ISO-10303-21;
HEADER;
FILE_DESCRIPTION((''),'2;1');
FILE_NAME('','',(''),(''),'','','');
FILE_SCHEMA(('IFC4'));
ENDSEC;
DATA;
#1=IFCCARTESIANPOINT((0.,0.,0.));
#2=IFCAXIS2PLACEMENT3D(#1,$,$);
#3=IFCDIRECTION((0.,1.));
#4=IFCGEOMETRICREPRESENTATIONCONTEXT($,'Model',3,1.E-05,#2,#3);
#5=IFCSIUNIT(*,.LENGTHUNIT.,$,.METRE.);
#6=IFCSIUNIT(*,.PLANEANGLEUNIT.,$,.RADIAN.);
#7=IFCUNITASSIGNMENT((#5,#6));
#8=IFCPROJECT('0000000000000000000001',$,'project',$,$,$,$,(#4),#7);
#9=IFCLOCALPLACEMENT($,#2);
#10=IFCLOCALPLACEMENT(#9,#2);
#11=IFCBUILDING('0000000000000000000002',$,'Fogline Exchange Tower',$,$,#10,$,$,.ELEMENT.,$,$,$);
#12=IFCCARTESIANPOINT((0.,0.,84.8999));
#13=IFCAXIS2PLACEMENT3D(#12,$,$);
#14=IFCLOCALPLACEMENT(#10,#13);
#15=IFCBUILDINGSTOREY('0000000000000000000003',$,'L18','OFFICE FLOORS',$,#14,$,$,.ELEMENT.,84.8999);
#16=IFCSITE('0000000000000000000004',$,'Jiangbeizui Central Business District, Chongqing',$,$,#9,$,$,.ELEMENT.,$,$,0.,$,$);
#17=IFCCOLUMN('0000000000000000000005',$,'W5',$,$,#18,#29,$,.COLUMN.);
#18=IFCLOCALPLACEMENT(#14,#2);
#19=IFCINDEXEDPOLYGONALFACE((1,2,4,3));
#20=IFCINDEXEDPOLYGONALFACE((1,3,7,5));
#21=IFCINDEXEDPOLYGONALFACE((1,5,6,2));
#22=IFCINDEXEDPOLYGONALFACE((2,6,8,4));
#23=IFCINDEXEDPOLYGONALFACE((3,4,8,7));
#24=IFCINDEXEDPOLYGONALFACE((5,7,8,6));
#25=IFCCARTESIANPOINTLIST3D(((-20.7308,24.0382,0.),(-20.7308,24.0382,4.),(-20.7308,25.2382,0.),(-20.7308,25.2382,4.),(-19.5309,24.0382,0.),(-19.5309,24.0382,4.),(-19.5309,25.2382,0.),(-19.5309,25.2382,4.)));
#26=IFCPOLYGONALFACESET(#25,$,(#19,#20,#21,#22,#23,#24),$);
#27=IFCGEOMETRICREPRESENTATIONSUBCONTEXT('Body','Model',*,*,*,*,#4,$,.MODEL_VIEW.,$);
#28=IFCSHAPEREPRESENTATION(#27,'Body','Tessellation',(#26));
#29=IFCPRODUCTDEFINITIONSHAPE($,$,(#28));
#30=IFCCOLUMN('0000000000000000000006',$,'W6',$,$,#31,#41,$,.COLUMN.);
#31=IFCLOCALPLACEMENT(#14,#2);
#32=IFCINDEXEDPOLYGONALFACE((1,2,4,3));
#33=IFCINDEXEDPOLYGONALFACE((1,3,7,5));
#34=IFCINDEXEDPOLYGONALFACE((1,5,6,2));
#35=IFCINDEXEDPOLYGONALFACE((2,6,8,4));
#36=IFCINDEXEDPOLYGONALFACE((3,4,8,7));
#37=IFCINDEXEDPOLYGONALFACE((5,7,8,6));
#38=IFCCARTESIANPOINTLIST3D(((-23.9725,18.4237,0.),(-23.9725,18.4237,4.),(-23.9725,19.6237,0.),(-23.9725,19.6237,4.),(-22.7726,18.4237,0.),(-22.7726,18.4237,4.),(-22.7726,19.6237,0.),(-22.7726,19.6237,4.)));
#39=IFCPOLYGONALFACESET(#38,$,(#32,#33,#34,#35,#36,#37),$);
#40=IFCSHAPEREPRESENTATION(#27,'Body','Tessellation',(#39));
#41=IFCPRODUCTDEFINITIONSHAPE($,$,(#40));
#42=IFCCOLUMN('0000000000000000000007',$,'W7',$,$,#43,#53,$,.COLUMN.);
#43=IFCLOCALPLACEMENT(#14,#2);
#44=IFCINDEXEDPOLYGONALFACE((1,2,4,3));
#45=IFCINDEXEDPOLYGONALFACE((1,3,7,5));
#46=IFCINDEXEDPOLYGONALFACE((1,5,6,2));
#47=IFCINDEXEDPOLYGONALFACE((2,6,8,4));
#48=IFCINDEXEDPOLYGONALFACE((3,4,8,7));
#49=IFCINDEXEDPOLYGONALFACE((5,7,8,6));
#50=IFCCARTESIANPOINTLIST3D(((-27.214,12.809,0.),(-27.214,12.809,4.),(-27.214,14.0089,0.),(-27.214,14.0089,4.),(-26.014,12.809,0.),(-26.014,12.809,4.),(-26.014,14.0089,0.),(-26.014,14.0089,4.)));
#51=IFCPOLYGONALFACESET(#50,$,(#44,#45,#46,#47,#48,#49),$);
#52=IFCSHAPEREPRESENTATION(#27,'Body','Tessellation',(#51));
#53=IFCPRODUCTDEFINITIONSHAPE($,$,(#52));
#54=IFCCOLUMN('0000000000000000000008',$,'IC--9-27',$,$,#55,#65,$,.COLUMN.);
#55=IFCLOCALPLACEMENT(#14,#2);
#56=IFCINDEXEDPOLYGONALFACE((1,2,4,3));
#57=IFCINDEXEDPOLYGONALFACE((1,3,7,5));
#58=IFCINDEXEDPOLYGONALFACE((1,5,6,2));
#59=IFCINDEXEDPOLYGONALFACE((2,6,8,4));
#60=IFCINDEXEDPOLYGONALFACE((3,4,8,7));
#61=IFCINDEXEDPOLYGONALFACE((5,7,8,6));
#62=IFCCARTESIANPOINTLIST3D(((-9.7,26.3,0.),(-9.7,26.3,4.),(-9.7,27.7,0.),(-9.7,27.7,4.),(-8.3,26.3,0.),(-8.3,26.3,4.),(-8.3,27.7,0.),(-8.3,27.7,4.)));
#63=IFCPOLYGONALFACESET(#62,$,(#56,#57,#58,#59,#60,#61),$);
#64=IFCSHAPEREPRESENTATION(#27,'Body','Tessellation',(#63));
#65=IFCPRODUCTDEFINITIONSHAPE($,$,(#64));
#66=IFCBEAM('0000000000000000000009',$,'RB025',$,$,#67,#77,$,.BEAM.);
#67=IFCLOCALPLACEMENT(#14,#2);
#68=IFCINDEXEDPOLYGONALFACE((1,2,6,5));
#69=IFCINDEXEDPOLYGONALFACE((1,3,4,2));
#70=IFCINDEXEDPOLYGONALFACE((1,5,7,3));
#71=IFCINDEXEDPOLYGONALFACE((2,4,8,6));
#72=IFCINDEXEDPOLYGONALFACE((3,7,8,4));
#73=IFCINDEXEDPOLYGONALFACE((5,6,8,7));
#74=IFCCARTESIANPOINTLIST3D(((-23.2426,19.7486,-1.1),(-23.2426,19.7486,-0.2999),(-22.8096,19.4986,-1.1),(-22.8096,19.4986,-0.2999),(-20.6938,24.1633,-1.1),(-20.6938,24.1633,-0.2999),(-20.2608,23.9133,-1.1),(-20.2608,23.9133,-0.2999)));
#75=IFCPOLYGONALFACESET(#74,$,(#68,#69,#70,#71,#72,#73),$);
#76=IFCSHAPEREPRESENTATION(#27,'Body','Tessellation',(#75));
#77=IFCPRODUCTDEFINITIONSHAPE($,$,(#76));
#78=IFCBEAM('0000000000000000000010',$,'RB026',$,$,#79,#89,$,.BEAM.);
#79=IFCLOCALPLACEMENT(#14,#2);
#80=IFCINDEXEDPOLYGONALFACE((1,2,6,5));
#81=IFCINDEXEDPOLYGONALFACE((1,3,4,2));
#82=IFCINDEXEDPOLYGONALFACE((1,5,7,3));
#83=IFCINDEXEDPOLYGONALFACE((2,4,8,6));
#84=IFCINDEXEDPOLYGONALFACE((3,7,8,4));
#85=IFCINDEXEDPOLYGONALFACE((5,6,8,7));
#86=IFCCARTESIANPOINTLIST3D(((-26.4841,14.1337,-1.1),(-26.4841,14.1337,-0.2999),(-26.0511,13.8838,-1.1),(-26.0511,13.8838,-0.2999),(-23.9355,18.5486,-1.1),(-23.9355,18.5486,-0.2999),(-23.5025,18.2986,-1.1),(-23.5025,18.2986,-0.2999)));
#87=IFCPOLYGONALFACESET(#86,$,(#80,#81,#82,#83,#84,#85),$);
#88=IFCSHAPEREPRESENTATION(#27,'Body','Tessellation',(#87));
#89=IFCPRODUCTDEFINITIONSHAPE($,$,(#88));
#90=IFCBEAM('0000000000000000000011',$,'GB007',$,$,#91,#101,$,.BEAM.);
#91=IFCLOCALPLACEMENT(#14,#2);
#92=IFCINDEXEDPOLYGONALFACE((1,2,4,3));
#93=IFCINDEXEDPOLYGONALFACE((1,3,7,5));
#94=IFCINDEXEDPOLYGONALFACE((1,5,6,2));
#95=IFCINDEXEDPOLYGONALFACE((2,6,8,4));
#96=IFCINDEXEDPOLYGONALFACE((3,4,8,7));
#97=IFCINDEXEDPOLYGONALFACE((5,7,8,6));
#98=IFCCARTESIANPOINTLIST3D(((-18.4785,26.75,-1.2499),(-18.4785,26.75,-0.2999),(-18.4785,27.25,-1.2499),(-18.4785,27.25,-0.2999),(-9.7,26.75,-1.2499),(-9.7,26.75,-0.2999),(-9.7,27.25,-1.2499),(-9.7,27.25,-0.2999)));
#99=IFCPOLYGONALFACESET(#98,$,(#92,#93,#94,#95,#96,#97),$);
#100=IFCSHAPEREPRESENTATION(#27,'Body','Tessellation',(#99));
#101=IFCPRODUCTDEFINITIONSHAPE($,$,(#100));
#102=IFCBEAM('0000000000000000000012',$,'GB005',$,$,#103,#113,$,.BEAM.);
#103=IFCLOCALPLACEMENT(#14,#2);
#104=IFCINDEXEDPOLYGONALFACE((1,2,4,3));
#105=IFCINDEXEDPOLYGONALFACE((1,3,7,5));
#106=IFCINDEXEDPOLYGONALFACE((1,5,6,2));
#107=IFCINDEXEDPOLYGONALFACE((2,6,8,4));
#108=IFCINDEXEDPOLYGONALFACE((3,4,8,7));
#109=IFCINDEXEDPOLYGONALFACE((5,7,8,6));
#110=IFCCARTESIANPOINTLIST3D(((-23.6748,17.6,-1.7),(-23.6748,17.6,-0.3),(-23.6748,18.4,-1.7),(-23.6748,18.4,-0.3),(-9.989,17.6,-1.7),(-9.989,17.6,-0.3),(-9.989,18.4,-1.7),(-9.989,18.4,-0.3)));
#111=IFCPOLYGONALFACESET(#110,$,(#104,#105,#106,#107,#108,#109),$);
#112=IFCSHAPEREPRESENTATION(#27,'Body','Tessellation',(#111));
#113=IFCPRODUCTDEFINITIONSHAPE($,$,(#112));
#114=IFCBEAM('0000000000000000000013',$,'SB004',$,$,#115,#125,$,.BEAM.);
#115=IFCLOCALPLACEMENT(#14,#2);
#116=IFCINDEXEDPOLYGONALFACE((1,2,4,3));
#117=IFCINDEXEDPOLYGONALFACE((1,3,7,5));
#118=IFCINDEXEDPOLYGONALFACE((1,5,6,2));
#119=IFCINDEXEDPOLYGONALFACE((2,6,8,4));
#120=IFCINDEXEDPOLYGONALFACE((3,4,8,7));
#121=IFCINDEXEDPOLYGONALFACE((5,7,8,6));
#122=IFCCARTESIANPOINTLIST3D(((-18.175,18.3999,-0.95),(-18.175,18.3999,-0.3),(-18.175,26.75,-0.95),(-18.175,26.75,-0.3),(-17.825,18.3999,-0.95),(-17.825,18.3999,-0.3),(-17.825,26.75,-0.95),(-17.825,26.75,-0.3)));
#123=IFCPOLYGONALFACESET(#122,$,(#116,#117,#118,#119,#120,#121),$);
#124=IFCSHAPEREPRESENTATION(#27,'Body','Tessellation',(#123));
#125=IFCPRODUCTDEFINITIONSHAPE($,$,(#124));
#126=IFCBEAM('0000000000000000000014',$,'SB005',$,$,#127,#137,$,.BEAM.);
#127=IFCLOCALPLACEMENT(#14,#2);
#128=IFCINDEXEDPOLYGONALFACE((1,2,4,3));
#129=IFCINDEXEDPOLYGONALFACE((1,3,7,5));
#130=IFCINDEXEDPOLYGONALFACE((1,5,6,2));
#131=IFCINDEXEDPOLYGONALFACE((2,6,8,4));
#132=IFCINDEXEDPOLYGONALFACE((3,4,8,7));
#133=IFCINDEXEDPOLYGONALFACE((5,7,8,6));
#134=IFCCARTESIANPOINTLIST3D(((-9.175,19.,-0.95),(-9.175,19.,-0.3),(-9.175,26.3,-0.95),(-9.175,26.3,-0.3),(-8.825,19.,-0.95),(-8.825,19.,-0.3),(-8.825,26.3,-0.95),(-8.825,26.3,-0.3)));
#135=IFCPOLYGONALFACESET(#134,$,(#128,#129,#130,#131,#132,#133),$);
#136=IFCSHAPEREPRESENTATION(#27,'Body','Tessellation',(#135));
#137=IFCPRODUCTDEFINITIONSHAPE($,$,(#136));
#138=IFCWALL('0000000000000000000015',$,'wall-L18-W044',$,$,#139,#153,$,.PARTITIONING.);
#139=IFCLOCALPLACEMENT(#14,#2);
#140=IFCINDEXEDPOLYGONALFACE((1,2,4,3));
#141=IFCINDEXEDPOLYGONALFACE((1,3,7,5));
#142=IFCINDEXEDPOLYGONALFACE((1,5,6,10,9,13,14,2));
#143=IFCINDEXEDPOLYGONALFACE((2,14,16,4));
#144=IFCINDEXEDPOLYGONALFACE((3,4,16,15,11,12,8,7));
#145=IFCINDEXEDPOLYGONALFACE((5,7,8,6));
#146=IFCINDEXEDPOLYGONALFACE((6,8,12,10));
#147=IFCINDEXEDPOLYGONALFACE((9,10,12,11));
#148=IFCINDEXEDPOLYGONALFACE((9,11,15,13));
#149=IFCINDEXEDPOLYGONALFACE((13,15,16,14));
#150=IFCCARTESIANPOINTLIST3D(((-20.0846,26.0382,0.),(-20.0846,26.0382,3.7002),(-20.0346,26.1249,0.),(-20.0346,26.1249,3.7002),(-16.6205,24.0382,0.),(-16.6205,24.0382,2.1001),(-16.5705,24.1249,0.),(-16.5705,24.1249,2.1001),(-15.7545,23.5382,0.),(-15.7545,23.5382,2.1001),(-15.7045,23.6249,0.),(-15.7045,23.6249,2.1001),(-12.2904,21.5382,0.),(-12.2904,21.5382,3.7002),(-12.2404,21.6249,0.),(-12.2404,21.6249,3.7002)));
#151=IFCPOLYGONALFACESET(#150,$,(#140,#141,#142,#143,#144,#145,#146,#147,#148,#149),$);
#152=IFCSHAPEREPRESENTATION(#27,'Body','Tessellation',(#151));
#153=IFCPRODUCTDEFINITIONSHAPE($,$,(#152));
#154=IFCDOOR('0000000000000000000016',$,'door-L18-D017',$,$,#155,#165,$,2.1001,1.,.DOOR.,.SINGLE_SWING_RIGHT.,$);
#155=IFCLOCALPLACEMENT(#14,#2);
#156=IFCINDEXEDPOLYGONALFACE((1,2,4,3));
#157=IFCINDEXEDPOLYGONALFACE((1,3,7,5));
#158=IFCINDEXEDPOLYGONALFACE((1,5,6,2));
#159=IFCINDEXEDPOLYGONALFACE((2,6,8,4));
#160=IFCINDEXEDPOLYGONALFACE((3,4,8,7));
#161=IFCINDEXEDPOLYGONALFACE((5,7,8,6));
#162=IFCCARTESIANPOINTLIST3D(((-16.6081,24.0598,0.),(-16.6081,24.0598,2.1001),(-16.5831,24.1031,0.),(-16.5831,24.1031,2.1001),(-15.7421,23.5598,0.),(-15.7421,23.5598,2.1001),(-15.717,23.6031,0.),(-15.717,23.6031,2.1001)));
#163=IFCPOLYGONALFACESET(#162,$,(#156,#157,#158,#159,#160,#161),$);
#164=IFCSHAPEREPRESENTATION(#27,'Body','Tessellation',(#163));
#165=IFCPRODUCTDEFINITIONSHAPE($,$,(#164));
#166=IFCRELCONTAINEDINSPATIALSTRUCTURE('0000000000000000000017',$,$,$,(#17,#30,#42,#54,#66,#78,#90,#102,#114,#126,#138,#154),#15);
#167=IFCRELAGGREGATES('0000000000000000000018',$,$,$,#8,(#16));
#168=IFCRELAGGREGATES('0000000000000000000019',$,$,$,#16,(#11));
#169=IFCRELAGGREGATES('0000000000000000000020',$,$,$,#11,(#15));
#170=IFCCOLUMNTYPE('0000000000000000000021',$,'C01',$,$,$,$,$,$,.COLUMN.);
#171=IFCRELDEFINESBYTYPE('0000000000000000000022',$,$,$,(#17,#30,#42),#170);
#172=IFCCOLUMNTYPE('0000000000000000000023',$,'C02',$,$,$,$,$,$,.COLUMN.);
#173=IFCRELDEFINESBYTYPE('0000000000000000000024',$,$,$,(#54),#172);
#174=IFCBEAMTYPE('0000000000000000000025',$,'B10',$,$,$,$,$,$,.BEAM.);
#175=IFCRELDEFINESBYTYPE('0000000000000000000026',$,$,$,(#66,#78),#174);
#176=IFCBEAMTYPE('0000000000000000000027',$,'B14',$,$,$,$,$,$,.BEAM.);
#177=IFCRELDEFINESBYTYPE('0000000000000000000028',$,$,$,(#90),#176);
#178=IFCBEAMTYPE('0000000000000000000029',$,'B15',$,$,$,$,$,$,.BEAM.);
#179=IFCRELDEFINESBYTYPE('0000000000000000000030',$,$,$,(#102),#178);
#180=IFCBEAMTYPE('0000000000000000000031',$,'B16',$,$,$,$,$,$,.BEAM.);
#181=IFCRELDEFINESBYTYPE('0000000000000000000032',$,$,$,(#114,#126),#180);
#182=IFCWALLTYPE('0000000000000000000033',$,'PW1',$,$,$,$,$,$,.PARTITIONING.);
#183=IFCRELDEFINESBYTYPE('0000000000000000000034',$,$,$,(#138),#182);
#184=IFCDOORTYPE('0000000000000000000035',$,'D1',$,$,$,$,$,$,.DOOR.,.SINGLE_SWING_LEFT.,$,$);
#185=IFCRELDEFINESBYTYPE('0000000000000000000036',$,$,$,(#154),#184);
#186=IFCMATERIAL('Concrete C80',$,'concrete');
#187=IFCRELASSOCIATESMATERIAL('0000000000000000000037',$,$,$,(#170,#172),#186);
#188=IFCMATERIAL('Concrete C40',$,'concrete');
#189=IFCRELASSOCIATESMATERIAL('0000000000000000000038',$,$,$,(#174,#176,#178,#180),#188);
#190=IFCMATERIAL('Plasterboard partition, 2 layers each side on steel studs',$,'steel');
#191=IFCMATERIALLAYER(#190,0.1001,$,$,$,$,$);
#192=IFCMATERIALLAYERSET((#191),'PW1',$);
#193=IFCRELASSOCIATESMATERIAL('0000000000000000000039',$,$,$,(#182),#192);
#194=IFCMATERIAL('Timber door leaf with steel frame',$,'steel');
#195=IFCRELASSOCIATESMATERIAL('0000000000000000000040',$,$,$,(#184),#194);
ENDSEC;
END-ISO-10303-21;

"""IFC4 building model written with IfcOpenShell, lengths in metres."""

from ifc_helpers import new_model, si_unit, direction, frame, frame_2d, origin, origin_2d, place, context, subcontext, project, spatial, rectangle, extrude, material, layer, layer_set, material_profile, profile_set, type_object, element, fill, save


model = new_model("IFC4")

# Units and contexts
model_context = context("Model", 3, precision=1e-05, world=origin(), true_north=direction((0.0, 1.0)))
body_context = subcontext(model_context, "Body", "Model", "MODEL_VIEW")
ifc_project = project(units=[si_unit("LENGTHUNIT", "METRE"), si_unit("PLANEANGLEUNIT", "RADIAN")], contexts=[model_context])

# Site, building, storey
site_placement = place(None, origin())
site = spatial("IfcSite", under=ifc_project, at=site_placement, Name="Jiangbeizui Central Business District, Chongqing", CompositionType="ELEMENT", RefElevation=0.0)
building_placement = place(site_placement, origin())
building = spatial("IfcBuilding", under=site, at=building_placement, Name="Fogline Exchange Tower", CompositionType="ELEMENT")
storey_placement = place(building_placement, frame((0.0, 0.0, 84.8999)))
storey = spatial("IfcBuildingStorey", under=building, at=storey_placement, Name="L18", Description="OFFICE FLOORS", CompositionType="ELEMENT", Elevation=84.8999)

# Columns
ifc_material_1 = material(Name="Concrete C80", Category="concrete")
ifc_material_profile_1 = material_profile(ifc_material_1, rectangle(XDim=1.2, YDim=1.2, at=origin_2d()), Name="RC 1200x1200")
ifc_profile_set_1 = profile_set([ifc_material_profile_1], Name="Concrete C80")
column_type_1 = type_object("IfcColumnType", Name="C01", PredefinedType="COLUMN", material=ifc_profile_set_1)
for number, where, z_axis, x_axis, name in (
    (1, (-20.1309, 24.6382, 0.0), (0.0, 0.0, 1.0), (1.0, 0.0, 0.0), "W5"),
    (2, (-23.3726, 19.0237, 0.0), (0.0, 0.0, 1.0), (1.0, 0.0, 0.0), "W6"),
    (3, (-26.614, 13.4089, 0.0), (0.0, 0.0, 1.0), (1.0, 0.0, 0.0), "W7"),
):
    element("IfcColumn", number, at=place(storey_placement, frame(where, z_axis=z_axis, x_axis=x_axis)), inside=storey, type_object=column_type_1, Name=name, PredefinedType="COLUMN", context=body_context, shape_type="SweptSolid", body=[
        extrude(rectangle(XDim=1.2, YDim=1.2, at=origin_2d()), origin(), (0.0, 0.0, 1.0), 4.0),
    ])
ifc_material_profile_2 = material_profile(ifc_material_1, rectangle(XDim=1.3999, YDim=1.3999, at=origin_2d()), Name="RC 1400x1400")
ifc_profile_set_2 = profile_set([ifc_material_profile_2], Name="Concrete C80")
column_type_2 = type_object("IfcColumnType", Name="C02", PredefinedType="COLUMN", material=ifc_profile_set_2)
column_placement = place(storey_placement, frame((-9.0, 27.0, 0.0), z_axis=(0.0, 0.0, 1.0), x_axis=(1.0, 0.0, 0.0)))
element("IfcColumn", 4, at=column_placement, inside=storey, type_object=column_type_2, Name="IC--9-27", PredefinedType="COLUMN", context=body_context, shape_type="SweptSolid", body=[
    extrude(rectangle(XDim=1.3999, YDim=1.3999, at=origin_2d()), origin(), (0.0, 0.0, 1.0), 4.0),
])

# Beams
ifc_material_2 = material(Name="Concrete C40", Category="concrete")
ifc_material_profile_3 = material_profile(ifc_material_2, rectangle(XDim=0.5, YDim=0.8, at=origin_2d()), Name="RC 500x800")
ifc_profile_set_3 = profile_set([ifc_material_profile_3], Name="Concrete C40")
beam_type_1 = type_object("IfcBeamType", Name="B10", PredefinedType="BEAM", material=ifc_profile_set_3)
for number, where, z_axis, x_axis, name in (
    (5, (-20.4773, 24.0383, -0.7), (-0.499992, -0.86603, 0.0), (0.86603, -0.499992, 0.0), "RB025"),
    (6, (-23.719, 18.4236, -0.7), (-0.499956, -0.866051, 0.0), (0.866051, -0.499956, 0.0), "RB026"),
):
    element("IfcBeam", number, at=place(storey_placement, frame(where, z_axis=z_axis, x_axis=x_axis)), inside=storey, type_object=beam_type_1, Name=name, PredefinedType="BEAM", context=body_context, shape_type="SweptSolid", body=[
        extrude(rectangle(XDim=0.5, YDim=0.8, at=origin_2d()), origin(), (0.0, 0.0, 1.0), 5.0977),
    ])
ifc_material_profile_4 = material_profile(ifc_material_2, rectangle(XDim=0.5, YDim=0.95, at=origin_2d()), Name="RC 500x950")
ifc_profile_set_4 = profile_set([ifc_material_profile_4], Name="Concrete C40")
beam_type_2 = type_object("IfcBeamType", Name="B14", PredefinedType="BEAM", material=ifc_profile_set_4)
beam_1_placement = place(storey_placement, frame((-18.4785, 27.0, -0.7749), z_axis=(1.0, 0.0, 0.0), x_axis=(0.0, 1.0, 0.0)))
element("IfcBeam", 7, at=beam_1_placement, inside=storey, type_object=beam_type_2, Name="GB007", PredefinedType="BEAM", context=body_context, shape_type="SweptSolid", body=[
    extrude(rectangle(XDim=0.5, YDim=0.95, at=origin_2d()), origin(), (0.0, 0.0, 1.0), 8.7786),
])
ifc_material_profile_5 = material_profile(ifc_material_2, rectangle(XDim=0.8, YDim=1.3999, at=origin_2d()), Name="RC 800x1400")
ifc_profile_set_5 = profile_set([ifc_material_profile_5], Name="Concrete C40")
beam_type_3 = type_object("IfcBeamType", Name="B15", PredefinedType="BEAM", material=ifc_profile_set_5)
beam_2_placement = place(storey_placement, frame((-23.6748, 18.0, -1.0), z_axis=(1.0, 0.0, 0.0), x_axis=(0.0, 1.0, 0.0)))
element("IfcBeam", 8, at=beam_2_placement, inside=storey, type_object=beam_type_3, Name="GB005", PredefinedType="BEAM", context=body_context, shape_type="SweptSolid", body=[
    extrude(rectangle(XDim=0.8, YDim=1.3999, at=origin_2d()), origin(), (0.0, 0.0, 1.0), 13.6858),
])
ifc_material_profile_6 = material_profile(ifc_material_2, rectangle(XDim=0.3501, YDim=0.6499, at=origin_2d()), Name="RC 350x650")
ifc_profile_set_6 = profile_set([ifc_material_profile_6], Name="Concrete C40")
beam_type_4 = type_object("IfcBeamType", Name="B16", PredefinedType="BEAM", material=ifc_profile_set_6)
beam_3_placement = place(storey_placement, frame((-18.0, 18.3999, -0.625), z_axis=(0.0, 1.0, 0.0), x_axis=(-1.0, 0.0, 0.0)))
element("IfcBeam", 9, at=beam_3_placement, inside=storey, type_object=beam_type_4, Name="SB004", PredefinedType="BEAM", context=body_context, shape_type="SweptSolid", body=[
    extrude(rectangle(XDim=0.3501, YDim=0.6499, at=origin_2d()), origin(), (0.0, 0.0, 1.0), 8.3501),
])
beam_4_placement = place(storey_placement, frame((-9.0, 19.0, -0.625), z_axis=(0.0, 1.0, 0.0), x_axis=(-1.0, 0.0, 0.0)))
element("IfcBeam", 10, at=beam_4_placement, inside=storey, type_object=beam_type_4, Name="SB005", PredefinedType="BEAM", context=body_context, shape_type="SweptSolid", body=[
    extrude(rectangle(XDim=0.3501, YDim=0.6499, at=origin_2d()), origin(), (0.0, 0.0, 1.0), 7.3),
])

# Wall, opening, door
ifc_material_3 = material(Name="Plasterboard partition, 2 layers each side on steel studs", Category="steel")
ifc_layer_1 = layer(ifc_material_3, 0.1001)
ifc_layer_set_1 = layer_set([ifc_layer_1], Name="PW1")
wall_type_1 = type_object("IfcWallType", Name="PW1", PredefinedType="PARTITIONING", material=ifc_layer_set_1)
wall_1_placement = place(storey_placement, frame((-12.2654, 21.5815, 0.0), z_axis=(0.0, 0.0, 1.0), x_axis=(-0.866024, 0.500002, 0.0)))
wall_1 = element("IfcWall", 11, at=wall_1_placement, inside=storey, type_object=wall_type_1, Name="wall-L18-W044", PredefinedType="PARTITIONING", context=body_context, shape_type="SweptSolid", body=[
    extrude(rectangle(XDim=9.0, YDim=0.1001, at=frame_2d((4.5, 0.0))), origin(), (0.0, 0.0, 1.0), 3.7002),
])
opening_1_placement = place(wall_1_placement, frame((4.0, 0.0, 0.0)))
opening_1 = element("IfcOpeningElement", 12, at=opening_1_placement, cuts=wall_1, PredefinedType="OPENING", context=body_context, shape_type="SweptSolid", body=[
    extrude(rectangle(XDim=1.0, YDim=2.1001, at=frame_2d((0.5, 1.05))), frame((0.0, 0.0601, 0.0), z_axis=(0.0, -1.0, 0.0), x_axis=(1.0, 0.0, 0.0)), (0.0, 0.0, 1.0), 0.1201),
])
ifc_material_4 = material(Name="Timber door leaf with steel frame", Category="steel")
door_type_1 = type_object("IfcDoorType", Name="D1", OperationType="SINGLE_SWING_LEFT", PredefinedType="DOOR", material=ifc_material_4)
door_1_placement = place(opening_1_placement, frame((1.0, 0.0, 0.0), z_axis=(0.0, 0.0, 1.0), x_axis=(-1.0, 0.0, 0.0)))
door_1 = element("IfcDoor", 13, at=door_1_placement, inside=storey, type_object=door_type_1, Name="door-L18-D017", OperationType="SINGLE_SWING_RIGHT", OverallHeight=2.1001, OverallWidth=1.0, PredefinedType="DOOR", context=body_context, shape_type="SweptSolid", body=[
    extrude(rectangle(XDim=1.0, YDim=2.1001, at=frame_2d((0.5, 1.05))), frame((0.0, 0.0249, 0.0), z_axis=(0.0, -1.0, 0.0), x_axis=(1.0, 0.0, 0.0)), (0.0, 0.0, 1.0), 0.05),
])
fill(opening_1, door_1)

save(model, "model.ifc")
